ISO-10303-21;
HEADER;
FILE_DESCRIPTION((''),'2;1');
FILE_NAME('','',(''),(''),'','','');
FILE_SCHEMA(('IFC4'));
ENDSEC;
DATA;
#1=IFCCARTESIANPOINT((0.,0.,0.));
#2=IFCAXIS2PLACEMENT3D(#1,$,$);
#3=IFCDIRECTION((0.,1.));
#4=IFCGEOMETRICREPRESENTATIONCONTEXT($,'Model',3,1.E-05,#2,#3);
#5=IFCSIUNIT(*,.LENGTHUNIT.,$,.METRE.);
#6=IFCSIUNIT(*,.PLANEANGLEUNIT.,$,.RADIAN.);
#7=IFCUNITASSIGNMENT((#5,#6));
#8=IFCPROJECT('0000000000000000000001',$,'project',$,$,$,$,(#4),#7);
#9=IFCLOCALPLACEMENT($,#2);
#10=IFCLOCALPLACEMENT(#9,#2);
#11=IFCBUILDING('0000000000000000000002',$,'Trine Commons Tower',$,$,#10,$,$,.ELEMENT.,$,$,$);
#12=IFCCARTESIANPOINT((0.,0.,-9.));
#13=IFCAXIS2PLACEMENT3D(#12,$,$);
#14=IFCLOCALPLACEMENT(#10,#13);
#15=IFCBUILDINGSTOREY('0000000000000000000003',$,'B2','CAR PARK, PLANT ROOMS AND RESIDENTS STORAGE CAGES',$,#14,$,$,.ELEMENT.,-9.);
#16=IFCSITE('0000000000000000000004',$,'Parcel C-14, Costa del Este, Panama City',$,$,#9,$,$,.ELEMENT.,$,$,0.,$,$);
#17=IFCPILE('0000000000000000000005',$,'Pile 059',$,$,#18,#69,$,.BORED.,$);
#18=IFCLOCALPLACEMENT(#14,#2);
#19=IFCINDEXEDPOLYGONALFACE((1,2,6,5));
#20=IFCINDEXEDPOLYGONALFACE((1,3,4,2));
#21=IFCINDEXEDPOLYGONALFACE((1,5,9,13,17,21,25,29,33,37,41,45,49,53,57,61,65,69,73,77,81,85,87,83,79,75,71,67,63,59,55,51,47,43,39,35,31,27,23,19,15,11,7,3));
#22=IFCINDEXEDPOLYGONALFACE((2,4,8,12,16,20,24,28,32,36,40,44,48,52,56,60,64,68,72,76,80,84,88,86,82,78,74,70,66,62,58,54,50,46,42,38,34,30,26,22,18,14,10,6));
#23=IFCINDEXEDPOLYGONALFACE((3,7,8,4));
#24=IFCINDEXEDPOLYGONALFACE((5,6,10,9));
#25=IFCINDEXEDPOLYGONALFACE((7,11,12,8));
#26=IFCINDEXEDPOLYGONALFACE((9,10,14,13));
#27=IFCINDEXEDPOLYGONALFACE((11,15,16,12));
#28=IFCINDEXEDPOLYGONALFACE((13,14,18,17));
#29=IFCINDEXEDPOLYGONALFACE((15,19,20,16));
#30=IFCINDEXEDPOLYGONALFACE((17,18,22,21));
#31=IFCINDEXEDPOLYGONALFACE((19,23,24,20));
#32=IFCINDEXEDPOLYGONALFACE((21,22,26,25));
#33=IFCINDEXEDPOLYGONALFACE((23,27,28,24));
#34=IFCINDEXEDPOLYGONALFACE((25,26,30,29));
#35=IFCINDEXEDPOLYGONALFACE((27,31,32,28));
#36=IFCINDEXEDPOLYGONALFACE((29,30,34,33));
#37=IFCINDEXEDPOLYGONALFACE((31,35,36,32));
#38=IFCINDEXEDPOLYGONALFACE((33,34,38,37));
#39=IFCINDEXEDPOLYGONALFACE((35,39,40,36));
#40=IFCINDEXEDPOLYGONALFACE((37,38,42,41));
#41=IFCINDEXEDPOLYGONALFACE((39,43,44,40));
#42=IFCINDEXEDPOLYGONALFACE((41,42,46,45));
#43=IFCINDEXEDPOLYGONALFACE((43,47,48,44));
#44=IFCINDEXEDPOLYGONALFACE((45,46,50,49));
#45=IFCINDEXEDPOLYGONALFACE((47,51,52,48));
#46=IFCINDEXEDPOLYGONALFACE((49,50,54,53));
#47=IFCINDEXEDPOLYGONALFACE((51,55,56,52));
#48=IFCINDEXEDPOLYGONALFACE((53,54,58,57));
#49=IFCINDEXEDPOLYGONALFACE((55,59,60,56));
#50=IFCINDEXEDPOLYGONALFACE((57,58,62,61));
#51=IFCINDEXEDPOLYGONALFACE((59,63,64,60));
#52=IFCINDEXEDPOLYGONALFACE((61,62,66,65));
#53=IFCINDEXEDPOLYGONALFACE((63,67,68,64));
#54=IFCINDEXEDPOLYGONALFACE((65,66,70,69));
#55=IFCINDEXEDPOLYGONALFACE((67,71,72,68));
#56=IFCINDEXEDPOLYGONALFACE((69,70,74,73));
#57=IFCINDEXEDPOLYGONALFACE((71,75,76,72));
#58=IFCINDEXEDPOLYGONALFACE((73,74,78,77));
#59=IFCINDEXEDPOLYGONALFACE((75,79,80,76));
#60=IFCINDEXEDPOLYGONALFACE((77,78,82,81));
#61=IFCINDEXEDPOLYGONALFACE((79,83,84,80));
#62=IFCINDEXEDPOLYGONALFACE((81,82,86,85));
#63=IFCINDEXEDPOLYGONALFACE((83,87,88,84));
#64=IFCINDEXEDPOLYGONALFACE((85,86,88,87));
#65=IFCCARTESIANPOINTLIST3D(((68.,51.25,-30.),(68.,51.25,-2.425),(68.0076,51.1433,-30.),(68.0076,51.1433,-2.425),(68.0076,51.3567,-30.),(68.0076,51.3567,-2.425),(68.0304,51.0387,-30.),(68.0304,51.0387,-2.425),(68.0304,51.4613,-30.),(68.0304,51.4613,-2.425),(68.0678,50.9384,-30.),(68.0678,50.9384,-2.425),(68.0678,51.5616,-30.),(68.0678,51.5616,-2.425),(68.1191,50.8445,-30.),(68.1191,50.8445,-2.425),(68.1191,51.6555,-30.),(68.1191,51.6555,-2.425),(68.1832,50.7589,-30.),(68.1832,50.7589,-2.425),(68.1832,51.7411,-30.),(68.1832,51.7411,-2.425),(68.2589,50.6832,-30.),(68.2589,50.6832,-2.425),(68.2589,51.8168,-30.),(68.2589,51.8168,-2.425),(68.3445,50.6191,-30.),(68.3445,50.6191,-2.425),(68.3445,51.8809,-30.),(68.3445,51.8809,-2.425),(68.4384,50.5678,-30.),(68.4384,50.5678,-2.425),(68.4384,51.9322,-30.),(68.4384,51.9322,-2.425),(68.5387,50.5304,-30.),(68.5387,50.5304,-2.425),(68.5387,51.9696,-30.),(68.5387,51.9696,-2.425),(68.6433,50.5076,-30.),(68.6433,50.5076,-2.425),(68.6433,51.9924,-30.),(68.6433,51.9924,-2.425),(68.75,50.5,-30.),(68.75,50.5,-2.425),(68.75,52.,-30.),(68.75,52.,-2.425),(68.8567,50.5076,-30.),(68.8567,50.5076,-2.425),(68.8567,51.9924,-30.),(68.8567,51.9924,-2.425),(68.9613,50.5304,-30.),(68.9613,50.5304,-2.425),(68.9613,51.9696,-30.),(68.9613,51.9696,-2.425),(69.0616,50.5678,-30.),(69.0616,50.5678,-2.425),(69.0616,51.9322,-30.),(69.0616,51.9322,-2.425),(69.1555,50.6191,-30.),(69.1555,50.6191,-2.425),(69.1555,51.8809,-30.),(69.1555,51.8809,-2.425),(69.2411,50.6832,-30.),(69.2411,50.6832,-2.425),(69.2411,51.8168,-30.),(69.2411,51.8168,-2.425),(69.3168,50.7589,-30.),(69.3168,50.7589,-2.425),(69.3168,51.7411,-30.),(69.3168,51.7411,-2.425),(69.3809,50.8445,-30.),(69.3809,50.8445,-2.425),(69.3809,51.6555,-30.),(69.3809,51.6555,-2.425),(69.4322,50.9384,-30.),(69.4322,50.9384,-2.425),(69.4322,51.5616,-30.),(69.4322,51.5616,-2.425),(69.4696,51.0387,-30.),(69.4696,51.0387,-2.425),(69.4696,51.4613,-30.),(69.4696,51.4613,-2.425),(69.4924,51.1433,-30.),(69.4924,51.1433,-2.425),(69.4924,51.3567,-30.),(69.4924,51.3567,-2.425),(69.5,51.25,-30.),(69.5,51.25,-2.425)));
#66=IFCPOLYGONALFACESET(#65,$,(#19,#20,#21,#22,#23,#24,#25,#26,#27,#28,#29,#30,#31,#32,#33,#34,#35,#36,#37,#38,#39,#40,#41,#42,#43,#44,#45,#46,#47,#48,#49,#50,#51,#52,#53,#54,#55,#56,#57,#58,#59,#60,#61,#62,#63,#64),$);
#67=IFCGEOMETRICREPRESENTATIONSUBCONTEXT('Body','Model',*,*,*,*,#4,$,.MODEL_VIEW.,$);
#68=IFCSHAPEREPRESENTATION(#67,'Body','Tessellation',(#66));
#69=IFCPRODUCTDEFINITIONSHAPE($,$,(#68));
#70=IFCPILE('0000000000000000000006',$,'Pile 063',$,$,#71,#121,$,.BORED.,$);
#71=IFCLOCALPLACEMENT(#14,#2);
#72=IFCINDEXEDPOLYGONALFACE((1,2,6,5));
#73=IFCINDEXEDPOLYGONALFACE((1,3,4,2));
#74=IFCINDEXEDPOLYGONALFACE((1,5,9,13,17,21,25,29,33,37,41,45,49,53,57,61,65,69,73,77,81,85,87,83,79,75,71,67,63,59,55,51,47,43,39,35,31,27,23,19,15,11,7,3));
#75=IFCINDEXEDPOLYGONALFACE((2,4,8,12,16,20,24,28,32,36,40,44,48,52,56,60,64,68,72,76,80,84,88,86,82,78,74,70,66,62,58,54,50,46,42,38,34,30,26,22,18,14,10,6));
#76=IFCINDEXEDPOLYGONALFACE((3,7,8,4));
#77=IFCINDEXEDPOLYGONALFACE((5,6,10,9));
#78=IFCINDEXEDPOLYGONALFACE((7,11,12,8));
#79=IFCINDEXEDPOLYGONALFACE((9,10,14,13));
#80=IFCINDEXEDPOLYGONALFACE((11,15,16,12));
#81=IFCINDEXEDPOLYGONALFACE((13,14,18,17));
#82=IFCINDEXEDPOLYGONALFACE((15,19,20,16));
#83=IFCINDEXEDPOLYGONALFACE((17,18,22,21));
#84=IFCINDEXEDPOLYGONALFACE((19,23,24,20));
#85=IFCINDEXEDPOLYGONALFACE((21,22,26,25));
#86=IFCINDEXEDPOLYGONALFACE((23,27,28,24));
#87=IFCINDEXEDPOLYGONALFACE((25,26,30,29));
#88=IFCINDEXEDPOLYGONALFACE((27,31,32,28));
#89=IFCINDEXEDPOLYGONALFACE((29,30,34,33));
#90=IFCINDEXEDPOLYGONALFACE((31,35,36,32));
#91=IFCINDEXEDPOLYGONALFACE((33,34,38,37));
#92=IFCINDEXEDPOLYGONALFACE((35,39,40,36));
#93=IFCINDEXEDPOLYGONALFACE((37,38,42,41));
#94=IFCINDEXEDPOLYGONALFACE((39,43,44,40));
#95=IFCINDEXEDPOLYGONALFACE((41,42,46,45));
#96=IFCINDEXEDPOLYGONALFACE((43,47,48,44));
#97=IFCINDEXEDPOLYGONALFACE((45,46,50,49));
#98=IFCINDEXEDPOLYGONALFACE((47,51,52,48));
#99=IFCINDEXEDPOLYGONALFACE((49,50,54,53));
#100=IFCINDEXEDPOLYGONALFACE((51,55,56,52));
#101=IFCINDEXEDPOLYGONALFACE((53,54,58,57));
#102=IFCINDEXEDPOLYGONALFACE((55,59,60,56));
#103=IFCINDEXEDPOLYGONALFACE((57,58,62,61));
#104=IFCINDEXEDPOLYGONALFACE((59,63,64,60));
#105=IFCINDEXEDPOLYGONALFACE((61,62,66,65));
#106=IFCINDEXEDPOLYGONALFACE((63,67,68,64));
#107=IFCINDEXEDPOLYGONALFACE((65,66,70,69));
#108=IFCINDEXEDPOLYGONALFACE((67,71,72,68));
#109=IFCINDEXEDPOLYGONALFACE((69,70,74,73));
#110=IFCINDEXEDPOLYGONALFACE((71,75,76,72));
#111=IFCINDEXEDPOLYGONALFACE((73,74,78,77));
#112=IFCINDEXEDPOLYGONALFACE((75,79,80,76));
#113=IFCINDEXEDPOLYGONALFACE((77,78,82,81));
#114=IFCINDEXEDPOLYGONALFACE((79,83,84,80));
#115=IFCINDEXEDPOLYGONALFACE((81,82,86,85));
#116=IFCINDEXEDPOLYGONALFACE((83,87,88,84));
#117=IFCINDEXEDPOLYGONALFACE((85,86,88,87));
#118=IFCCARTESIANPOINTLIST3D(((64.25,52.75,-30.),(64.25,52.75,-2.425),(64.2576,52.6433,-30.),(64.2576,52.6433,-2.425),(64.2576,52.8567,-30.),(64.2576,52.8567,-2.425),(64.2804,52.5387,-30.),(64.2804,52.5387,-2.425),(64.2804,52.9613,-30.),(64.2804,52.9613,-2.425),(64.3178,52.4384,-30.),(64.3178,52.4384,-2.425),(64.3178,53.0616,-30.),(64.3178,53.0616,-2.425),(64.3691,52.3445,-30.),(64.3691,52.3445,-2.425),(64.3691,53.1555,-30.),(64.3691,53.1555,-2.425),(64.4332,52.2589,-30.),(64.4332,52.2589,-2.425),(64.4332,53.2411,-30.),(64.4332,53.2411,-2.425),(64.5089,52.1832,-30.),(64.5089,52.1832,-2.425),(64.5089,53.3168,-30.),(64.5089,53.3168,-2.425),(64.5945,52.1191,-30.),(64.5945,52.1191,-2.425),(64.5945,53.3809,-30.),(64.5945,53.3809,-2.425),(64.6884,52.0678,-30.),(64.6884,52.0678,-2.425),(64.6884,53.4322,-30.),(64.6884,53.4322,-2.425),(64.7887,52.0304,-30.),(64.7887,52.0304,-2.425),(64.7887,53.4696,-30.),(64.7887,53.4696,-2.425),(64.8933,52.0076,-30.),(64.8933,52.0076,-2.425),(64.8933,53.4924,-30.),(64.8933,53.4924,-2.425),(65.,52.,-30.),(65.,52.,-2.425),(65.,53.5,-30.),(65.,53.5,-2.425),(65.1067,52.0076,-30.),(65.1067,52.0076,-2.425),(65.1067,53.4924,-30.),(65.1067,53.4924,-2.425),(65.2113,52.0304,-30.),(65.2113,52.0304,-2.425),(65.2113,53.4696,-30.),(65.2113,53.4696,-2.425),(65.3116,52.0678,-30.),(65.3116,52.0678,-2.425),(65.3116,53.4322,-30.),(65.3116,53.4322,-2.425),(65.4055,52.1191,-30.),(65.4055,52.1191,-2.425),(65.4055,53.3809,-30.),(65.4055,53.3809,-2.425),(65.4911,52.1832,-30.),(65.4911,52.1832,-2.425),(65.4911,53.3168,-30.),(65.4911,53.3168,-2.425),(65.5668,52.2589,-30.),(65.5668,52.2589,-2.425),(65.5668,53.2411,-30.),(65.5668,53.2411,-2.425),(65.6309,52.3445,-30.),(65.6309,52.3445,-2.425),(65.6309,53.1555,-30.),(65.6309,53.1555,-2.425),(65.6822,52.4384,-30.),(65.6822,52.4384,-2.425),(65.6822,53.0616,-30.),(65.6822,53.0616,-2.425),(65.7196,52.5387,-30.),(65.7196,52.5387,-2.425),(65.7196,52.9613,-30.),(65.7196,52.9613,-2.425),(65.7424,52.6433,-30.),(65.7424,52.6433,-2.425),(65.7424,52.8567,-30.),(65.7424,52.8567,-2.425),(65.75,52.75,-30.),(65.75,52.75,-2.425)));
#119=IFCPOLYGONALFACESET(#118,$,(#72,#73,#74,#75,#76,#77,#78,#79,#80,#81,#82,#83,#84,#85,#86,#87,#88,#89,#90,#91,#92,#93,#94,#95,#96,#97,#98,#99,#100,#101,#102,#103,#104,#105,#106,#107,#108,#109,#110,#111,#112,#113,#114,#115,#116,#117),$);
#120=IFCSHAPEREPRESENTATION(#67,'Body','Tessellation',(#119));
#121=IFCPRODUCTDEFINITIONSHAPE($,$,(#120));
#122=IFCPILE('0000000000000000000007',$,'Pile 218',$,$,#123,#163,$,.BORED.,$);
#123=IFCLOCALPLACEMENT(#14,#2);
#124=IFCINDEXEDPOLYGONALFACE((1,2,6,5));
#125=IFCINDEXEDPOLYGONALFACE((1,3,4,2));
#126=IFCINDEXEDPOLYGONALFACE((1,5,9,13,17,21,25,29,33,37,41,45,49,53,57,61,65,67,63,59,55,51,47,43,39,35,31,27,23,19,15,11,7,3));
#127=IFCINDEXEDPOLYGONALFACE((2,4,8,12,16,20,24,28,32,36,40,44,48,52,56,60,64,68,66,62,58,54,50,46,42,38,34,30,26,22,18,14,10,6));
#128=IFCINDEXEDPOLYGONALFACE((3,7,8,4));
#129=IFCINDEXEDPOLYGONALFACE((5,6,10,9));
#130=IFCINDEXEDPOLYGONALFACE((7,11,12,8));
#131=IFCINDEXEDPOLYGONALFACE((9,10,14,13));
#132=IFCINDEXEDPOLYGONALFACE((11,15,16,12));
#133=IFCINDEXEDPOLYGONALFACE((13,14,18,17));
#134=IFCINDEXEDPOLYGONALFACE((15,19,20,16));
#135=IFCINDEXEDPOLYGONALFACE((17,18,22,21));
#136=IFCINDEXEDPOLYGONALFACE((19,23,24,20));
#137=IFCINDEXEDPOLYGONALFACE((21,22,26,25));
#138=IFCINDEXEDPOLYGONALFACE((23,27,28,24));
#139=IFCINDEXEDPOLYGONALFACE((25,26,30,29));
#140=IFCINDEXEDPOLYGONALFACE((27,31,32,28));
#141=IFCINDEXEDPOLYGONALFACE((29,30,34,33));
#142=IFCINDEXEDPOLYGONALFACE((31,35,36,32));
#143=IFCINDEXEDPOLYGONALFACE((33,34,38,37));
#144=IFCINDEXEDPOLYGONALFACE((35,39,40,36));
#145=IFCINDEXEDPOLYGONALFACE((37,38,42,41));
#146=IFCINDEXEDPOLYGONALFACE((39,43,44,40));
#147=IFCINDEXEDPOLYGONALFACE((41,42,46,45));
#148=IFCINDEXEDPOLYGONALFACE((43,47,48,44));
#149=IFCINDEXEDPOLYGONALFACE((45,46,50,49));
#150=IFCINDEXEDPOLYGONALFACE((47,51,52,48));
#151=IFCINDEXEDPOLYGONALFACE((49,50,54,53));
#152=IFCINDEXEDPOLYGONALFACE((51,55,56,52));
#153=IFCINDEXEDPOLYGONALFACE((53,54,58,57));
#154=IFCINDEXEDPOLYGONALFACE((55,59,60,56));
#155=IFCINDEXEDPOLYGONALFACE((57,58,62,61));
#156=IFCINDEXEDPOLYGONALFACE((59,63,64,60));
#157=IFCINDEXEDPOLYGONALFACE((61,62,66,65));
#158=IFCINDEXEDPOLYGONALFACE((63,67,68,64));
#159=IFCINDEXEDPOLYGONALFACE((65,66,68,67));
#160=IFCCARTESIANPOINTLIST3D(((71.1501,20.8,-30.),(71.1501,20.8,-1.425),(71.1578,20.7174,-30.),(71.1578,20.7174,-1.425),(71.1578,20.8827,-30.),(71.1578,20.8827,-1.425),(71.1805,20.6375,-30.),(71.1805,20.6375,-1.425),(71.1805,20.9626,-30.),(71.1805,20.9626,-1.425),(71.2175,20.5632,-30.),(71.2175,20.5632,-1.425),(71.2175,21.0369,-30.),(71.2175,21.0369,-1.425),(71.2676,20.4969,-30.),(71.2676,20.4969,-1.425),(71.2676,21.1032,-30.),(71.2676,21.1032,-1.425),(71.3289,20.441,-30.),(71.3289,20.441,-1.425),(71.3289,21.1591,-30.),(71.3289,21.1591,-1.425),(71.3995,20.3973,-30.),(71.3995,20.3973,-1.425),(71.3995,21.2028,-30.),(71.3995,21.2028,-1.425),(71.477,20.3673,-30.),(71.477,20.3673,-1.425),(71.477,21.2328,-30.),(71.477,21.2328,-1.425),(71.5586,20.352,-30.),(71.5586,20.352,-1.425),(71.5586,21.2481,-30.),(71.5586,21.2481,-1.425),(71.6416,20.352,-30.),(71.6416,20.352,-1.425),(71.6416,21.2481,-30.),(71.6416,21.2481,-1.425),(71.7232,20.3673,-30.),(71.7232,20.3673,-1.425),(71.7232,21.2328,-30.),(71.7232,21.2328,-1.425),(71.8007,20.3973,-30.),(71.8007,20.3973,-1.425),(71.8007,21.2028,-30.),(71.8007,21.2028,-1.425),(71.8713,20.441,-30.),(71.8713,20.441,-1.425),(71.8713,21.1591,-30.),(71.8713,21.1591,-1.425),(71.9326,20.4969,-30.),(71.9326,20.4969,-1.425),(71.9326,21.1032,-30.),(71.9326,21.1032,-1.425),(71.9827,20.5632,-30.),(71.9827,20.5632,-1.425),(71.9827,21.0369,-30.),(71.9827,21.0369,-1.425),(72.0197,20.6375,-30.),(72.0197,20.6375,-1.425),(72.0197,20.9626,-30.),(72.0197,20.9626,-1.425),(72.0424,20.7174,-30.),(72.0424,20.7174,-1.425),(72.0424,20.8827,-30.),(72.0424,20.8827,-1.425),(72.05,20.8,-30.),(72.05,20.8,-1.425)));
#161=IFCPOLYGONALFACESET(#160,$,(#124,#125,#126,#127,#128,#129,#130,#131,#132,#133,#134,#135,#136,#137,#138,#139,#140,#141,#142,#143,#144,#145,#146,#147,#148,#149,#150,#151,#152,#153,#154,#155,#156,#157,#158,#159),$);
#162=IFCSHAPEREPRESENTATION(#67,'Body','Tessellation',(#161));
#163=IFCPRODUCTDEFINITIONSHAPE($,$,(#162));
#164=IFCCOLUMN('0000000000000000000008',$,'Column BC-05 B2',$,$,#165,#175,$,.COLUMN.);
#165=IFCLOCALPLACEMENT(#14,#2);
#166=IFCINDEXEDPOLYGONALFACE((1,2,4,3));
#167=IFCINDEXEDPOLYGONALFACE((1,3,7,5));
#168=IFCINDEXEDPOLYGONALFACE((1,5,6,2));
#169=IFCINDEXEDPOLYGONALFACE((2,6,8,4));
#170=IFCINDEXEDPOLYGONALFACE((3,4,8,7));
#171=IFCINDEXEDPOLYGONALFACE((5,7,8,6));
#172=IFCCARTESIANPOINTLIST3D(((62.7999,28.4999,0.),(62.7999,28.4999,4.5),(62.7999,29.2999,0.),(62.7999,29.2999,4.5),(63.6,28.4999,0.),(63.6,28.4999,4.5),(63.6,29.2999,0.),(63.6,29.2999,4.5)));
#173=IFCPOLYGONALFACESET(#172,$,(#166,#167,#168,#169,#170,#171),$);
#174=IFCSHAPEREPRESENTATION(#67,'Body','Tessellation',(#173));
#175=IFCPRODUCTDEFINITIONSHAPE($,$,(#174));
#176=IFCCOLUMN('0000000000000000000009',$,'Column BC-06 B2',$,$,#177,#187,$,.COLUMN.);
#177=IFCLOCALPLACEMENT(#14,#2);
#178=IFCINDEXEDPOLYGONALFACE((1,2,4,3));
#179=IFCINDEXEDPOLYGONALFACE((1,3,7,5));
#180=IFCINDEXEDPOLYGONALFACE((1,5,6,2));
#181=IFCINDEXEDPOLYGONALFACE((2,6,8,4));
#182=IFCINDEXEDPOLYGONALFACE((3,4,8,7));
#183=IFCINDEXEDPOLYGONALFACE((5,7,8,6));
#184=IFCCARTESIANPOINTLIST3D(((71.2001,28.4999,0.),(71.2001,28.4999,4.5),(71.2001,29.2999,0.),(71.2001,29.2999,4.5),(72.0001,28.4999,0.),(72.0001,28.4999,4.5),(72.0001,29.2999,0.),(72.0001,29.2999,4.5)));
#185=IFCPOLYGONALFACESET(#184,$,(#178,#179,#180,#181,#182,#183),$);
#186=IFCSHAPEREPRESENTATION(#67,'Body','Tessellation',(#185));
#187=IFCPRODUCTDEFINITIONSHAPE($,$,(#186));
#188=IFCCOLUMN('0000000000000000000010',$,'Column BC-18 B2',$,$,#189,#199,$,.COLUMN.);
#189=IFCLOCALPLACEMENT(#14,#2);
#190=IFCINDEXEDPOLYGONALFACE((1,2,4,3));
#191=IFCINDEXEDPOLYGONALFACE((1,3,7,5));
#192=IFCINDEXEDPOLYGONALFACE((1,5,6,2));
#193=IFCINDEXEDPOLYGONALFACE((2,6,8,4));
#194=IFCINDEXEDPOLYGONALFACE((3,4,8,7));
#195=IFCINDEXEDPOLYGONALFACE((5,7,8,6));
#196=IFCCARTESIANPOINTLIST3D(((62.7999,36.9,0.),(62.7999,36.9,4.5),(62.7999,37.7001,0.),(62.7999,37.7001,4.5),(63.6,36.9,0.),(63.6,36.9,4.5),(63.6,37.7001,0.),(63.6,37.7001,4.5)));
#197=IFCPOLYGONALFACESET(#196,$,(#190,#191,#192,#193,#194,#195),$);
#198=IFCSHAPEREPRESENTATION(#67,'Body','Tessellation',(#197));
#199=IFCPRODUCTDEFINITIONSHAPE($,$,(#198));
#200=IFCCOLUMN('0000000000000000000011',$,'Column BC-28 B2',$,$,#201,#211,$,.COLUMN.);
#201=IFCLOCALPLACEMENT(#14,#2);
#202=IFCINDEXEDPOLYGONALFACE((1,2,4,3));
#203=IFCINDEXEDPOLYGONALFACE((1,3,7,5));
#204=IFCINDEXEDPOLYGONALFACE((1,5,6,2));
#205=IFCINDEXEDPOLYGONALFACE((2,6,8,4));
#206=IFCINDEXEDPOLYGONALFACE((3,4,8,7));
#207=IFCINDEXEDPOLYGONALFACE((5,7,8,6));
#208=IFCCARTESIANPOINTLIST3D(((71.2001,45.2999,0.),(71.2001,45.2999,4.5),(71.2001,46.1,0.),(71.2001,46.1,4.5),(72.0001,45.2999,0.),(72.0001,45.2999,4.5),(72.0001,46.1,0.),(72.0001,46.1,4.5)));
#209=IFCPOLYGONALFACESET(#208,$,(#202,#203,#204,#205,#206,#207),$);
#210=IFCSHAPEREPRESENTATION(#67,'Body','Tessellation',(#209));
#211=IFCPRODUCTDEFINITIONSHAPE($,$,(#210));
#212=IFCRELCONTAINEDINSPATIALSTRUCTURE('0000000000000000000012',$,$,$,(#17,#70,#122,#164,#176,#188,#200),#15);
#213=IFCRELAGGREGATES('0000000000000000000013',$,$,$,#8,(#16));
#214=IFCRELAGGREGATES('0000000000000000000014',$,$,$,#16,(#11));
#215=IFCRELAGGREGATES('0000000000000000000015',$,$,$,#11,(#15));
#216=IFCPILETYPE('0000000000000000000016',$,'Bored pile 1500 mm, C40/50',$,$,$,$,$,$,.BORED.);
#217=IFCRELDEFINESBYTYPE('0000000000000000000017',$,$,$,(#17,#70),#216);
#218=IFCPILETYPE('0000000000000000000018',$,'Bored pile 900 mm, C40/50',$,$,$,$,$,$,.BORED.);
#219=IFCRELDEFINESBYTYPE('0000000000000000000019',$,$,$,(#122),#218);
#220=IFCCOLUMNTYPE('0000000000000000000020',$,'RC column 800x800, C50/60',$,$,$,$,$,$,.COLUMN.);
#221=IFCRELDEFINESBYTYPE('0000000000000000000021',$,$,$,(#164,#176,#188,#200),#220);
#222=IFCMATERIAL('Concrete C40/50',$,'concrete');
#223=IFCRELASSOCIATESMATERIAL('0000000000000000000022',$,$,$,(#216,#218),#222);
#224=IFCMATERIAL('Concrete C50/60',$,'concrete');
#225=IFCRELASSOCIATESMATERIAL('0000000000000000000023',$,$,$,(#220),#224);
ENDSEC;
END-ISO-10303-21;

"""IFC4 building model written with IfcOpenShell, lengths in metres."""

from ifc_helpers import new_model, si_unit, direction, frame, origin, origin_2d, place, context, subcontext, project, spatial, rectangle, circle, extrude, material, material_profile, profile_set, type_object, element, save


model = new_model("IFC4")

# Units and contexts
model_context = context("Model", 3, precision=1e-05, world=origin(), true_north=direction((0.0, 1.0)))
body_context = subcontext(model_context, "Body", "Model", "MODEL_VIEW")
ifc_project = project(units=[si_unit("LENGTHUNIT", "METRE"), si_unit("PLANEANGLEUNIT", "RADIAN")], contexts=[model_context])

# Site, building, storey
site_placement = place(None, origin())
site = spatial("IfcSite", under=ifc_project, at=site_placement, Name="Parcel C-14, Costa del Este, Panama City", CompositionType="ELEMENT", RefElevation=0.0)
building_placement = place(site_placement, origin())
building = spatial("IfcBuilding", under=site, at=building_placement, Name="Trine Commons Tower", CompositionType="ELEMENT")
storey_placement = place(building_placement, frame((0.0, 0.0, -9.0)))
storey = spatial("IfcBuildingStorey", under=building, at=storey_placement, Name="B2", Description="CAR PARK, PLANT ROOMS AND RESIDENTS STORAGE CAGES", CompositionType="ELEMENT", Elevation=-9.0)

# Piles
ifc_material_1 = material(Name="Concrete C40/50", Category="concrete")
pile_type_1 = type_object("IfcPileType", Name="Bored pile 1500 mm, C40/50", PredefinedType="BORED", material=ifc_material_1)
for number, where, z_axis, x_axis, name in (
    (1, (68.75, 51.25, -2.425), (0.0, 0.0, -1.0), (1.0, 0.0, 0.0), "Pile 059"),
    (2, (65.0, 52.75, -2.425), (0.0, 0.0, -1.0), (1.0, 0.0, 0.0), "Pile 063"),
):
    element("IfcPile", number, at=place(storey_placement, frame(where, z_axis=z_axis, x_axis=x_axis)), inside=storey, type_object=pile_type_1, Name=name, PredefinedType="BORED", context=body_context, shape_type="SweptSolid", body=[
        extrude(circle(Radius=0.75, at=origin_2d()), origin(), (0.0, 0.0, 1.0), 27.575),
    ])
pile_type_2 = type_object("IfcPileType", Name="Bored pile 900 mm, C40/50", PredefinedType="BORED", material=ifc_material_1)
pile_1_placement = place(storey_placement, frame((71.6001, 20.8, -1.425), z_axis=(0.0, 0.0, -1.0), x_axis=(1.0, 0.0, 0.0)))
element("IfcPile", 3, at=pile_1_placement, inside=storey, type_object=pile_type_2, Name="Pile 218", PredefinedType="BORED", context=body_context, shape_type="SweptSolid", body=[
    extrude(circle(Radius=0.45, at=origin_2d()), origin(), (0.0, 0.0, 1.0), 28.575),
])

# Columns
ifc_material_2 = material(Name="Concrete C50/60", Category="concrete")
ifc_material_profile_1 = material_profile(ifc_material_2, rectangle(XDim=0.8, YDim=0.8, at=origin_2d()), Name="RC 800x800")
ifc_profile_set_1 = profile_set([ifc_material_profile_1], Name="Concrete C50/60")
column_type_1 = type_object("IfcColumnType", Name="RC column 800x800, C50/60", PredefinedType="COLUMN", material=ifc_profile_set_1)
for number, where, z_axis, x_axis, name in (
    (4, (63.2, 28.8999, 0.0), (0.0, 0.0, 1.0), (1.0, 0.0, 0.0), "Column BC-05 B2"),
    (5, (71.6001, 28.8999, 0.0), (0.0, 0.0, 1.0), (1.0, 0.0, 0.0), "Column BC-06 B2"),
    (6, (63.2, 37.3, 0.0), (0.0, 0.0, 1.0), (1.0, 0.0, 0.0), "Column BC-18 B2"),
    (7, (71.6001, 45.7, 0.0), (0.0, 0.0, 1.0), (1.0, 0.0, 0.0), "Column BC-28 B2"),
):
    element("IfcColumn", number, at=place(storey_placement, frame(where, z_axis=z_axis, x_axis=x_axis)), inside=storey, type_object=column_type_1, Name=name, PredefinedType="COLUMN", context=body_context, shape_type="SweptSolid", body=[
        extrude(rectangle(XDim=0.8, YDim=0.8, at=origin_2d()), origin(), (0.0, 0.0, 1.0), 4.5),
    ])

save(model, "model.ifc")
